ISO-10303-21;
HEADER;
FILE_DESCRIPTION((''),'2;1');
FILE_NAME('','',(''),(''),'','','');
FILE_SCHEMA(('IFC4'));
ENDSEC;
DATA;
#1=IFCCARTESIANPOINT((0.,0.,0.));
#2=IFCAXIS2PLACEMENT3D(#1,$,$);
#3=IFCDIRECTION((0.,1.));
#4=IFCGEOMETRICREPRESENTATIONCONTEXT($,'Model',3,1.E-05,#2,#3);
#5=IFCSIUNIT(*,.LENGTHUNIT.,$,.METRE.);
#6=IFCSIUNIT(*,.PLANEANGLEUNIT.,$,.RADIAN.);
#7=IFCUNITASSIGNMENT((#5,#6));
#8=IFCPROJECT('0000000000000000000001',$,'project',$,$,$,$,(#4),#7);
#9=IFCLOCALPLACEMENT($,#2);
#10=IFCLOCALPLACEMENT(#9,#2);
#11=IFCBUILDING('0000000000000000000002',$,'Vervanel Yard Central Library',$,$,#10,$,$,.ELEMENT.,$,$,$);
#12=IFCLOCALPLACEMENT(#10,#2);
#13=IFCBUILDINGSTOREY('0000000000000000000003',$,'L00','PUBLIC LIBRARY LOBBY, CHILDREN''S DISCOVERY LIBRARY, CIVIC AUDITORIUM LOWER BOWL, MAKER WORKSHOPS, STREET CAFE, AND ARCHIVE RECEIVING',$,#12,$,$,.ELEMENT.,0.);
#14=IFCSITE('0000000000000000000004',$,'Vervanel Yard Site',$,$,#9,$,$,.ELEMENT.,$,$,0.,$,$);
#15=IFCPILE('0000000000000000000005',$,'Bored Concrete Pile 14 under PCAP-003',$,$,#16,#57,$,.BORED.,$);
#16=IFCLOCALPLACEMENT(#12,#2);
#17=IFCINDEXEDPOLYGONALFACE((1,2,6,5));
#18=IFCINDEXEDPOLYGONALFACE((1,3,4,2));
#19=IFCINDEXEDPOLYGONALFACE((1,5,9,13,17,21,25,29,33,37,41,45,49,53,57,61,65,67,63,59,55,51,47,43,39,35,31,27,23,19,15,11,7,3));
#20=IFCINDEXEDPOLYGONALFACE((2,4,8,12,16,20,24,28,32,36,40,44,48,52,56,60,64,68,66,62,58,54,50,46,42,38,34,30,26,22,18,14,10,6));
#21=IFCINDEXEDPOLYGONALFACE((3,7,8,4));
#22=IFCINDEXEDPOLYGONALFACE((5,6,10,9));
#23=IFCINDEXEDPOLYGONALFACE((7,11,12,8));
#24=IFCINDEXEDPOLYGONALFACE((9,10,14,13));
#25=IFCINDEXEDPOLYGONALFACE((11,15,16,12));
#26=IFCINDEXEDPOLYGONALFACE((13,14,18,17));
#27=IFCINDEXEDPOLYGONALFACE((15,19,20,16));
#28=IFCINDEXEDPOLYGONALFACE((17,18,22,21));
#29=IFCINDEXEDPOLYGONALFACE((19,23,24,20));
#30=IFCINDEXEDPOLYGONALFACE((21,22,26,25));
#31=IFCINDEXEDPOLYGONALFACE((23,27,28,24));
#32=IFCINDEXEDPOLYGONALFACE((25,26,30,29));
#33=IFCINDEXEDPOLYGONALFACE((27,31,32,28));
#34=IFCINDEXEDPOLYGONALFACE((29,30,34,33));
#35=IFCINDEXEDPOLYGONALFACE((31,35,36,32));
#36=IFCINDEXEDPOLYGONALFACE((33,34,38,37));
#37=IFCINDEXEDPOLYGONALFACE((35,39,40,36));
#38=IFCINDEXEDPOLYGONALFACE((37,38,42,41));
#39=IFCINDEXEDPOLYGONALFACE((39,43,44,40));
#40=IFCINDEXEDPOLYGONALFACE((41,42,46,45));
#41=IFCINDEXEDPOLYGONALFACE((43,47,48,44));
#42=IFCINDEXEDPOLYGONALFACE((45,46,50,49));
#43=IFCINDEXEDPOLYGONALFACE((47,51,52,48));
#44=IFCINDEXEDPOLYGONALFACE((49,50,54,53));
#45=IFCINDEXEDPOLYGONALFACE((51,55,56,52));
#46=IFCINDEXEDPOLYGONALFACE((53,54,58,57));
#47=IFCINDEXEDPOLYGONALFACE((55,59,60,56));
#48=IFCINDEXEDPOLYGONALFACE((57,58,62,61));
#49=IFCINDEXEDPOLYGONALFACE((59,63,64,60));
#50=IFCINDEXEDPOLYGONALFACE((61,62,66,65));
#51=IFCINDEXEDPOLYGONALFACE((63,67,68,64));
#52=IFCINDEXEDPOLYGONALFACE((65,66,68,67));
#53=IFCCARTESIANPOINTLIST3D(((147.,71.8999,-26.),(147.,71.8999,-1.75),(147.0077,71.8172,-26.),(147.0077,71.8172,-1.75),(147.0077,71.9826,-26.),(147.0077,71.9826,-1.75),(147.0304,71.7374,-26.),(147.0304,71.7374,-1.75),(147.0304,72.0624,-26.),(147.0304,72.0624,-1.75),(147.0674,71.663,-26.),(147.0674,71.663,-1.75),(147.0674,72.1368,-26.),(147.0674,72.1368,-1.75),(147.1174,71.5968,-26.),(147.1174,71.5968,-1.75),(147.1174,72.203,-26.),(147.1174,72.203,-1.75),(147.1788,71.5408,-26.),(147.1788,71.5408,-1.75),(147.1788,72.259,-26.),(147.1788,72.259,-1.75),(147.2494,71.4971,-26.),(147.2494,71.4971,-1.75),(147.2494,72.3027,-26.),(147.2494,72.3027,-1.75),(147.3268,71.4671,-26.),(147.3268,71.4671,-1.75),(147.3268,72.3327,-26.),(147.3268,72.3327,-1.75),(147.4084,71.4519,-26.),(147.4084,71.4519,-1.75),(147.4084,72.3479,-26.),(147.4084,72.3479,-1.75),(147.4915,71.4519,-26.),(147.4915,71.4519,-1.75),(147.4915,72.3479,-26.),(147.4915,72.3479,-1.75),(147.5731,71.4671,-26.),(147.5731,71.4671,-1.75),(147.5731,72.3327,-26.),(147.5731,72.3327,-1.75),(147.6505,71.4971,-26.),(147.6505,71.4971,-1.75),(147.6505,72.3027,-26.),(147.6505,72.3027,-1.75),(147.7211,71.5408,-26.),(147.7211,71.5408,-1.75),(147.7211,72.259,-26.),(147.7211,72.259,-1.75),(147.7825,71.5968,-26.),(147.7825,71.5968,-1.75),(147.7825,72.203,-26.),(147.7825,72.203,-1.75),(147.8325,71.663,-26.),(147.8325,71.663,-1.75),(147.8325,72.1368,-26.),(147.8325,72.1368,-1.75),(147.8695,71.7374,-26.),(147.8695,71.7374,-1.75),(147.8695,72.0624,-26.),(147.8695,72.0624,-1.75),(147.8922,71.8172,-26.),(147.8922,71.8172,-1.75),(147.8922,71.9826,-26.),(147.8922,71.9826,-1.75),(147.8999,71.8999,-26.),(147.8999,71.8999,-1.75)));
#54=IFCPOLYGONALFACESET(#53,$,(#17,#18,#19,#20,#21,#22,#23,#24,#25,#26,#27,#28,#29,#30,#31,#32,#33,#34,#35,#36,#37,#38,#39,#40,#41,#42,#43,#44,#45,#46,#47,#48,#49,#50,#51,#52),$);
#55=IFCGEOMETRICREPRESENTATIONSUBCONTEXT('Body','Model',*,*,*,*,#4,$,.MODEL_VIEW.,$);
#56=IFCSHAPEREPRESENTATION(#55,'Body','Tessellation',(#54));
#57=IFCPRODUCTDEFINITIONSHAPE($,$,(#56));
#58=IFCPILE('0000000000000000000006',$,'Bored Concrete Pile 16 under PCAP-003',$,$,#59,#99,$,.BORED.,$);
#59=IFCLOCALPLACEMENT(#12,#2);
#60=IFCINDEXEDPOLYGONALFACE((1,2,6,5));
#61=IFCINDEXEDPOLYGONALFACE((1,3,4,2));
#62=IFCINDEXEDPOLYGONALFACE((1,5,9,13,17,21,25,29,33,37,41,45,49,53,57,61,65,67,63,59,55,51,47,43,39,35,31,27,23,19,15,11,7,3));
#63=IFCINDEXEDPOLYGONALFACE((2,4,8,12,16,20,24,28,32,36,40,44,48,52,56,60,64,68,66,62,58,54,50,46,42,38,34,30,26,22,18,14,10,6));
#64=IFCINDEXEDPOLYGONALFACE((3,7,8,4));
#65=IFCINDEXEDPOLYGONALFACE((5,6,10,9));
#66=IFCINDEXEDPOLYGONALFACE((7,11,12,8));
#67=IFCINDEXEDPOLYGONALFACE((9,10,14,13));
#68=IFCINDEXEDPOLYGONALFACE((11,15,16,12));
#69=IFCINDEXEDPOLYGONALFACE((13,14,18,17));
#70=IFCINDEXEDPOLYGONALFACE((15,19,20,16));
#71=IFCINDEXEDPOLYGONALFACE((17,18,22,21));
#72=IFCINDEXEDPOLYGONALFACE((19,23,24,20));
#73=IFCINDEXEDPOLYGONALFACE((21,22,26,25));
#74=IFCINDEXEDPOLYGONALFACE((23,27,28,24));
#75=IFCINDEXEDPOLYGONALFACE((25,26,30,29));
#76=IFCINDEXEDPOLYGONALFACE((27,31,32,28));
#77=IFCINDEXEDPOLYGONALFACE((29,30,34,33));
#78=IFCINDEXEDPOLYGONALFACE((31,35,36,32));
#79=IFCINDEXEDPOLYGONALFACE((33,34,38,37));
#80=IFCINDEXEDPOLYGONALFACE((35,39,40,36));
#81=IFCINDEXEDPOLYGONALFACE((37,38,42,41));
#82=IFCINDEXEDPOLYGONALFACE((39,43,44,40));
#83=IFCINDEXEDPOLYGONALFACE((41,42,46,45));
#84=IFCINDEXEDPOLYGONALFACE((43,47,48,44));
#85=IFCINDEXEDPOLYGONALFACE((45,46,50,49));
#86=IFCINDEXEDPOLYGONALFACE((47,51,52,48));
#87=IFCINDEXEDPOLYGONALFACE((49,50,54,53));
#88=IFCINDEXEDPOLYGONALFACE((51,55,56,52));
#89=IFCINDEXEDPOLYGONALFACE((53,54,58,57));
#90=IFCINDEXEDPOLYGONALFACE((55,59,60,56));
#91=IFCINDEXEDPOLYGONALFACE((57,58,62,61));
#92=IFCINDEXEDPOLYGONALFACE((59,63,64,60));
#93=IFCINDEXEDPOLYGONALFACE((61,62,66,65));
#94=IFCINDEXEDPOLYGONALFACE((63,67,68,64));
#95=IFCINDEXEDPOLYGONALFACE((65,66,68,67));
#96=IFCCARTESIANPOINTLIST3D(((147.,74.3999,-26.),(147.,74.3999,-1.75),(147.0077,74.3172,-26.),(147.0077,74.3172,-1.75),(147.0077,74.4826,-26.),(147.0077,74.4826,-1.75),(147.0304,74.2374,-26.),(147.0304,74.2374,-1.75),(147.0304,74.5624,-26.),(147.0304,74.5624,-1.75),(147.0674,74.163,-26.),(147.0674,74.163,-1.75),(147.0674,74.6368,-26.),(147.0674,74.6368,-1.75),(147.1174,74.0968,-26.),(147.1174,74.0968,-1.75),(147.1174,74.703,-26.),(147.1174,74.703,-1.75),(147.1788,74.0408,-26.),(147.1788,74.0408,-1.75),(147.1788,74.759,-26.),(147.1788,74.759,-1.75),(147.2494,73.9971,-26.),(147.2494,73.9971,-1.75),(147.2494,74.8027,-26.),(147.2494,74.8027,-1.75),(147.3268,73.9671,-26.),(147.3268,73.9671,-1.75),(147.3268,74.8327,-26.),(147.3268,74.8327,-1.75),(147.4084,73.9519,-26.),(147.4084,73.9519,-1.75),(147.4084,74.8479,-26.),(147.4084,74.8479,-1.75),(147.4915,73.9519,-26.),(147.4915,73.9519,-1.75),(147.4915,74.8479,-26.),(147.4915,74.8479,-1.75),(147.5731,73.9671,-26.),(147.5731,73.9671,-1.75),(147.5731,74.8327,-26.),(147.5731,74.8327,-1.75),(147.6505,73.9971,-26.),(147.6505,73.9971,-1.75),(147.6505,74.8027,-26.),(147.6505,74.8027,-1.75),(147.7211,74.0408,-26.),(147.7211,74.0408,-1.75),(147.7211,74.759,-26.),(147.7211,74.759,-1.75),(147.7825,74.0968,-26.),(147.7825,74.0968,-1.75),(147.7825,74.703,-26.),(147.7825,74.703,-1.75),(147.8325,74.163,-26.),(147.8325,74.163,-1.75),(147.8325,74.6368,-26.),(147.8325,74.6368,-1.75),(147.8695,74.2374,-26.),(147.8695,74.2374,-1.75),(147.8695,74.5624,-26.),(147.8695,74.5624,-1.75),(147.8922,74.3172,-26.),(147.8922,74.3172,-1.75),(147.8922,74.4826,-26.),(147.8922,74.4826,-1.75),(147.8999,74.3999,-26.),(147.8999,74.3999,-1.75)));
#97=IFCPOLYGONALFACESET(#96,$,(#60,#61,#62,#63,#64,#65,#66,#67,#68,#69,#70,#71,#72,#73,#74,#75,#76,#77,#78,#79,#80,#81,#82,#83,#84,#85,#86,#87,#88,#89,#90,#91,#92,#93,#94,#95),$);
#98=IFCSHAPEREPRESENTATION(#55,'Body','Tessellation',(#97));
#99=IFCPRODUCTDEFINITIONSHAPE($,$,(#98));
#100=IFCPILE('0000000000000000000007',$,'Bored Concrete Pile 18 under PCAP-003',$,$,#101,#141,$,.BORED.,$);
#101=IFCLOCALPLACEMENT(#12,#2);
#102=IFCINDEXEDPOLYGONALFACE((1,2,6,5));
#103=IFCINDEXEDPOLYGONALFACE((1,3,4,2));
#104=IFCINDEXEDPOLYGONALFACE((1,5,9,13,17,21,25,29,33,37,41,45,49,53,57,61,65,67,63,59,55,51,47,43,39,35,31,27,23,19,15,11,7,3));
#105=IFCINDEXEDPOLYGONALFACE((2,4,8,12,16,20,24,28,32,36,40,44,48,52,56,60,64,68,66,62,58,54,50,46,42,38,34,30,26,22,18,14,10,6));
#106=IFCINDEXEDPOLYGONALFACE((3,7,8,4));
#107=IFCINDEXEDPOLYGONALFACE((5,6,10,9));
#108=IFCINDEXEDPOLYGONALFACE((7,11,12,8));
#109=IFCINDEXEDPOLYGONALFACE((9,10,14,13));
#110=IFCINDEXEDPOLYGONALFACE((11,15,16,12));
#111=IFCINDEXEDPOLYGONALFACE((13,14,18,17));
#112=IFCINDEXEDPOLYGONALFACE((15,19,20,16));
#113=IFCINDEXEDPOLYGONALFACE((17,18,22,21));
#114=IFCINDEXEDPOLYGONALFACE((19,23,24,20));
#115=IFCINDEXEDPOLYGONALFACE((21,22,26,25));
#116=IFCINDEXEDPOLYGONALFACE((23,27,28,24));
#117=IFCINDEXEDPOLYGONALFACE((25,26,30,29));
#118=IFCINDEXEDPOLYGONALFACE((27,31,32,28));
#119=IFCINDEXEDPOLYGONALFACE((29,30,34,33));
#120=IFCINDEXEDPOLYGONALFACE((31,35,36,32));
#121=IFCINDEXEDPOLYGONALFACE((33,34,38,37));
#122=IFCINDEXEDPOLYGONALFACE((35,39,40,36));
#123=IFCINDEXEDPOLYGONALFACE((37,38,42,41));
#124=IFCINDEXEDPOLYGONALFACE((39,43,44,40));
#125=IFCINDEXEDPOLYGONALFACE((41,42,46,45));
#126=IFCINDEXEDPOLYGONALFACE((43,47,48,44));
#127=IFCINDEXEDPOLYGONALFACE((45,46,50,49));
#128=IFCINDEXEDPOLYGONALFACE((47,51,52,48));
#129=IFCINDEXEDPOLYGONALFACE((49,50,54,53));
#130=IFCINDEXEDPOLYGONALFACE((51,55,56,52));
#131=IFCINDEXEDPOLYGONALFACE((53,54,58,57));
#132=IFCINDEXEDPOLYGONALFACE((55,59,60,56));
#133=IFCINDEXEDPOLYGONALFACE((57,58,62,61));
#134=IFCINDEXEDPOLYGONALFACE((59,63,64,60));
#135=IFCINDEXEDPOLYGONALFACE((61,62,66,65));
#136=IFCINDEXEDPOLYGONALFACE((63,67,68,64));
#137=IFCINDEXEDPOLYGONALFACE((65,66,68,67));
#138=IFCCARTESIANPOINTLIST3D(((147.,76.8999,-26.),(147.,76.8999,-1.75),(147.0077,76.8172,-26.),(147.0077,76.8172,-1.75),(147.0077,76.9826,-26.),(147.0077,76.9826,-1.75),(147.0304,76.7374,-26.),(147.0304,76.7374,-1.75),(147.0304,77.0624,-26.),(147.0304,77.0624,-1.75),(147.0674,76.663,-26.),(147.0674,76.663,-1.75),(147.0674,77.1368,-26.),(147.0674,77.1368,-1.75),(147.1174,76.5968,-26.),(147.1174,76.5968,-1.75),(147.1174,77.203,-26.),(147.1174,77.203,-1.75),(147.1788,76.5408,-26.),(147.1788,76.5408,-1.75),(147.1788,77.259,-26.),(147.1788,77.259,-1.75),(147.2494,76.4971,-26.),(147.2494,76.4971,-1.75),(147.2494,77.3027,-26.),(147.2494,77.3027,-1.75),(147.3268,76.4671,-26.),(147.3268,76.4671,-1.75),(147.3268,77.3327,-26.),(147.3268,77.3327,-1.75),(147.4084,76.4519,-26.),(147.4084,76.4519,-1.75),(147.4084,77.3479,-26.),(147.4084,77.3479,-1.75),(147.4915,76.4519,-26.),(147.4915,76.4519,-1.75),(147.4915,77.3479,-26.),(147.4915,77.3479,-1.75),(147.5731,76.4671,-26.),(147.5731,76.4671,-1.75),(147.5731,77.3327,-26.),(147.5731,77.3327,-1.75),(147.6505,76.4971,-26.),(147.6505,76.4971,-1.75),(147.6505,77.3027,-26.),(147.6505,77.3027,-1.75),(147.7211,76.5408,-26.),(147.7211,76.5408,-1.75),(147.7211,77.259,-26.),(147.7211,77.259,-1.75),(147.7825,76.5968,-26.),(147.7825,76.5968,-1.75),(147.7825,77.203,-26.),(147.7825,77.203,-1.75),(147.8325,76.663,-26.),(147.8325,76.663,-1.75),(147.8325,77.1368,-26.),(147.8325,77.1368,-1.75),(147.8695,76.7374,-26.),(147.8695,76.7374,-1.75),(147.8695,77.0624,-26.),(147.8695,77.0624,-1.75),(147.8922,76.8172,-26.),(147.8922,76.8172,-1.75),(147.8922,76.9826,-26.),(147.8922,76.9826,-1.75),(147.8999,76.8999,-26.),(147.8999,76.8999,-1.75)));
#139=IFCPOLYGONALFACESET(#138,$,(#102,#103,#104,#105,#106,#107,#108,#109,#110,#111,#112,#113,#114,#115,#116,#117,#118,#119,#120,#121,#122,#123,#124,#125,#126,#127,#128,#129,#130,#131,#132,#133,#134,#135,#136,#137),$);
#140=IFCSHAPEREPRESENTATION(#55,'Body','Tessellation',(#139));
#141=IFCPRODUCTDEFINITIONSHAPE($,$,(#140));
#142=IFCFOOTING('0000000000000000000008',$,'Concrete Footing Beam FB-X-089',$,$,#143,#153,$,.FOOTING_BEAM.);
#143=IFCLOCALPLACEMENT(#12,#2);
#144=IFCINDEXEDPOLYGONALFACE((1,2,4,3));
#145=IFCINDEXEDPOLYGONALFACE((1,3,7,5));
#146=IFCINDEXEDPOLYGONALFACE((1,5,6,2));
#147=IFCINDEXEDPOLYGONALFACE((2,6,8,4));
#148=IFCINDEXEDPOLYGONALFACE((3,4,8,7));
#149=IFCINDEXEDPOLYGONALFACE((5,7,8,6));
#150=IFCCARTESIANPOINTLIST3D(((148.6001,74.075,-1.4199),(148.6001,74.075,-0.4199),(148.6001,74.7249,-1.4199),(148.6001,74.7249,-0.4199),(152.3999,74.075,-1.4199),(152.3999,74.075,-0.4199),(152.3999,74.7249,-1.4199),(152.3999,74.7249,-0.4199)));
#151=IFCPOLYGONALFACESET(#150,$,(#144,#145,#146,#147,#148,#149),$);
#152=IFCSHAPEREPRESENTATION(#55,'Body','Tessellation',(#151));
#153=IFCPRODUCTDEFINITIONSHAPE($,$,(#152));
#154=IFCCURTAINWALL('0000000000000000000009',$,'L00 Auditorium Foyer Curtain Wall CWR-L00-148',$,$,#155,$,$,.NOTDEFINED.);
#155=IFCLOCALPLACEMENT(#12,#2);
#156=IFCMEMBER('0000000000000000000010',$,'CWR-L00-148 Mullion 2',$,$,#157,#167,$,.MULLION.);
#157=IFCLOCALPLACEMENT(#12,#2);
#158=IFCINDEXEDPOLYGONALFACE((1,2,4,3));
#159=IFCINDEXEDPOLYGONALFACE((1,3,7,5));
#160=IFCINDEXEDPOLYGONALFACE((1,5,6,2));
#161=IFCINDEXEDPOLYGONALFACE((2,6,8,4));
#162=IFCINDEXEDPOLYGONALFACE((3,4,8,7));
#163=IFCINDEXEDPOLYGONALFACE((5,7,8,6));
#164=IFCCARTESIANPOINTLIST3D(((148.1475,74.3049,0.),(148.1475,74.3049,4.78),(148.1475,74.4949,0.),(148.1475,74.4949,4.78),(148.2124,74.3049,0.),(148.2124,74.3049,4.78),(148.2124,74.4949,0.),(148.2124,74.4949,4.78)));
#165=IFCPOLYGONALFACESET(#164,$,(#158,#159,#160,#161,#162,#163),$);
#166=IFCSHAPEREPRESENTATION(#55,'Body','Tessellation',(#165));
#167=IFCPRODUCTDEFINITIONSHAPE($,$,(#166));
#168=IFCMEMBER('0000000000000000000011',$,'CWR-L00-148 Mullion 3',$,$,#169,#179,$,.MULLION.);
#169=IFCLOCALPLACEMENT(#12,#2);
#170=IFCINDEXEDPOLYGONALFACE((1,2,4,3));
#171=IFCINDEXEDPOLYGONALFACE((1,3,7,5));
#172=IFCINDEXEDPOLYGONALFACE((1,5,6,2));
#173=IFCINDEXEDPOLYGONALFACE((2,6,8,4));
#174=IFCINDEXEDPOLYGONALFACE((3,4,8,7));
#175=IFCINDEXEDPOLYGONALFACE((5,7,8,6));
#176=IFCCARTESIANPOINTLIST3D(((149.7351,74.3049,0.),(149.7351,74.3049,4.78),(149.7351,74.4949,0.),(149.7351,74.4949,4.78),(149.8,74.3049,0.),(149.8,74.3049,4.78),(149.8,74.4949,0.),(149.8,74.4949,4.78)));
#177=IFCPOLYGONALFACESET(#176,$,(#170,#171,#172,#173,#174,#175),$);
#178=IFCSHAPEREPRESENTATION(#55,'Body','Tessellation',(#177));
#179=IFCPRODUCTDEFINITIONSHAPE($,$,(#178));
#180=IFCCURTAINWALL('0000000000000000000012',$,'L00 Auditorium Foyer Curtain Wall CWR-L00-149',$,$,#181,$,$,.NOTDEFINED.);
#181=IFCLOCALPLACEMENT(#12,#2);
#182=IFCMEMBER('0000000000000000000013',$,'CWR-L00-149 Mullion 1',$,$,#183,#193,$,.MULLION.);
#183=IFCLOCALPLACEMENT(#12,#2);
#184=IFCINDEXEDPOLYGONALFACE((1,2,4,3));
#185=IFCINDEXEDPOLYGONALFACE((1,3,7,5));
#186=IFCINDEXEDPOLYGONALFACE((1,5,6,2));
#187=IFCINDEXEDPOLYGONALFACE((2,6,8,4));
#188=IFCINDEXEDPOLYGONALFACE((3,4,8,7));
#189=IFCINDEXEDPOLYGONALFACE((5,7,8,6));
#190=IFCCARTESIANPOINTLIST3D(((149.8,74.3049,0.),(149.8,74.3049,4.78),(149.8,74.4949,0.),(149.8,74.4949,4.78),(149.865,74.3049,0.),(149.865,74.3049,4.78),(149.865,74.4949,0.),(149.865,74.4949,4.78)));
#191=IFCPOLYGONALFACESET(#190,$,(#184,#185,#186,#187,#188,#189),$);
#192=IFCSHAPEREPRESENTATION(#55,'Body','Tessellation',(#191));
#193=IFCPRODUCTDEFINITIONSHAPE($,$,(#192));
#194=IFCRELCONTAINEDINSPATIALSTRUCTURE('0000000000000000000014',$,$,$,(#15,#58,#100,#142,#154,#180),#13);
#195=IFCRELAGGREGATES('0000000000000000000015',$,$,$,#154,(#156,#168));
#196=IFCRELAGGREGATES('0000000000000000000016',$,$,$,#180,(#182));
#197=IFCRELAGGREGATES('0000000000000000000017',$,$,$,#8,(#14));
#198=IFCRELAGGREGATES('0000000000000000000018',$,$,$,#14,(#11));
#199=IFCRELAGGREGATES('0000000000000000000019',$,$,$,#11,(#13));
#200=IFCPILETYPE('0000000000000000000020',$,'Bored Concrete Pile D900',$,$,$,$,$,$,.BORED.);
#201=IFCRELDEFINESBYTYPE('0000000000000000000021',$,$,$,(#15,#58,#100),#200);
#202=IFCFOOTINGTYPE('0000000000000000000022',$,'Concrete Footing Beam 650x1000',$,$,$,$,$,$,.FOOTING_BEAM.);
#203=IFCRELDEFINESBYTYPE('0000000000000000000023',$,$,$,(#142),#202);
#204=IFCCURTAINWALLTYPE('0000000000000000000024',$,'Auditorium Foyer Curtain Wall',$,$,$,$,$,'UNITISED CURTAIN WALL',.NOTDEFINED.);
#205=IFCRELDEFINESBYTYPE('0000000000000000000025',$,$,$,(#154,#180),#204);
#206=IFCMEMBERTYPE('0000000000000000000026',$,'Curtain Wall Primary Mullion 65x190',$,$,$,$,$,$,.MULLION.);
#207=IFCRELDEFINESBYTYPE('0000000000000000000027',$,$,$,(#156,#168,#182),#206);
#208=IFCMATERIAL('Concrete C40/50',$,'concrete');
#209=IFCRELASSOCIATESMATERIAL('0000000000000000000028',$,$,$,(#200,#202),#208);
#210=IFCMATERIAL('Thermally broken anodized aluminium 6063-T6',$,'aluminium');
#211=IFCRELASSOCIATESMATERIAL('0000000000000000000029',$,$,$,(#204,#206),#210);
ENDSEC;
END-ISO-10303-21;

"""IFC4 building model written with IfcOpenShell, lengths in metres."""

from ifc_helpers import new_model, si_unit, direction, frame, origin, origin_2d, place, context, subcontext, project, spatial, rectangle, circle, extrude, material, material_profile, profile_set, type_object, element, aggregate, save


model = new_model("IFC4")

# Units and contexts
model_context = context("Model", 3, precision=1e-05, world=origin(), true_north=direction((0.0, 1.0)))
body_context = subcontext(model_context, "Body", "Model", "MODEL_VIEW")
ifc_project = project(units=[si_unit("LENGTHUNIT", "METRE"), si_unit("PLANEANGLEUNIT", "RADIAN")], contexts=[model_context])

# Site, building, storey
site_placement = place(None, origin())
site = spatial("IfcSite", under=ifc_project, at=site_placement, Name="Vervanel Yard Site", CompositionType="ELEMENT", RefElevation=0.0)
building_placement = place(site_placement, origin())
building = spatial("IfcBuilding", under=site, at=building_placement, Name="Vervanel Yard Central Library", CompositionType="ELEMENT")
storey_placement = place(building_placement, origin())
storey = spatial("IfcBuildingStorey", under=building, at=storey_placement, Name="L00", Description="PUBLIC LIBRARY LOBBY, CHILDREN'S DISCOVERY LIBRARY, CIVIC AUDITORIUM LOWER BOWL, MAKER WORKSHOPS, STREET CAFE, AND ARCHIVE RECEIVING", CompositionType="ELEMENT", Elevation=0.0)

# Piles
ifc_material_1 = material(Name="Concrete C40/50", Category="concrete")
ifc_material_profile_1 = material_profile(ifc_material_1, circle(Radius=0.45, at=origin_2d()), Name="BP D900", Category="concrete")
ifc_profile_set_1 = profile_set([ifc_material_profile_1], Name="Concrete C40/50")
pile_type = type_object("IfcPileType", Name="Bored Concrete Pile D900", PredefinedType="BORED", material=ifc_profile_set_1)
for number, where, z_axis, x_axis, name in (
    (1, (147.45, 71.8999, -1.75), (0.0, 0.0, -1.0), (1.0, 0.0, 0.0), "Bored Concrete Pile 14 under PCAP-003"),
    (2, (147.45, 74.3999, -1.75), (0.0, 0.0, -1.0), (1.0, 0.0, 0.0), "Bored Concrete Pile 16 under PCAP-003"),
    (3, (147.45, 76.8999, -1.75), (0.0, 0.0, -1.0), (1.0, 0.0, 0.0), "Bored Concrete Pile 18 under PCAP-003"),
):
    element("IfcPile", number, at=place(storey_placement, frame(where, z_axis=z_axis, x_axis=x_axis)), inside=storey, type_object=pile_type, Name=name, PredefinedType="BORED", context=body_context, shape_type="SweptSolid", body=[
        extrude(circle(Radius=0.45, at=origin_2d()), origin(), (0.0, 0.0, 1.0), 24.25),
    ])

# Footing
ifc_material_profile_2 = material_profile(ifc_material_1, rectangle(XDim=0.6499, YDim=1.0, at=origin_2d()), Name="RC 650x1000", Category="concrete")
ifc_profile_set_2 = profile_set([ifc_material_profile_2], Name="Concrete C40/50")
footing_type = type_object("IfcFootingType", Name="Concrete Footing Beam 650x1000", PredefinedType="FOOTING_BEAM", material=ifc_profile_set_2)
footing_placement = place(storey_placement, frame((148.6001, 74.3999, -0.9199), z_axis=(1.0, 0.0, 0.0), x_axis=(0.0, 1.0, 0.0)))
element("IfcFooting", 4, at=footing_placement, inside=storey, type_object=footing_type, Name="Concrete Footing Beam FB-X-089", PredefinedType="FOOTING_BEAM", context=body_context, shape_type="SweptSolid", body=[
    extrude(rectangle(XDim=0.6499, YDim=1.0, at=origin_2d()), origin(), (0.0, 0.0, 1.0), 3.7998),
])

# Curtain wall, members
ifc_material_2 = material(Name="Thermally broken anodized aluminium 6063-T6", Category="aluminium")
curtain_wall_type = type_object("IfcCurtainWallType", Name="Auditorium Foyer Curtain Wall", ElementType="UNITISED CURTAIN WALL", PredefinedType="NOTDEFINED", material=ifc_material_2)
curtain_wall_1_placement = place(storey_placement, origin())
curtain_wall_1 = element("IfcCurtainWall", 5, at=curtain_wall_1_placement, inside=storey, type_object=curtain_wall_type, Name="L00 Auditorium Foyer Curtain Wall CWR-L00-148", PredefinedType="NOTDEFINED")
ifc_material_profile_3 = material_profile(ifc_material_2, rectangle(XDim=0.0649, YDim=0.1899, at=origin_2d()), Name="ALU 65x190", Category="aluminium")
ifc_profile_set_3 = profile_set([ifc_material_profile_3], Name="Thermally broken anodized aluminium 6063-T6")
member_type_1 = type_object("IfcMemberType", Name="Curtain Wall Primary Mullion 65x190", PredefinedType="MULLION", material=ifc_profile_set_3)
member_1_placement = place(storey_placement, frame((148.1799, 74.3999, 0.0), z_axis=(0.0, 0.0, 1.0), x_axis=(1.0, 0.0, 0.0)))
member_1 = element("IfcMember", 6, at=member_1_placement, type_object=member_type_1, Name="CWR-L00-148 Mullion 2", PredefinedType="MULLION", context=body_context, shape_type="SweptSolid", body=[
    extrude(rectangle(XDim=0.0649, YDim=0.1899, at=origin_2d()), origin(), (0.0, 0.0, 1.0), 4.78),
])
member_2_placement = place(storey_placement, frame((149.7676, 74.3999, 0.0), z_axis=(0.0, 0.0, 1.0), x_axis=(1.0, 0.0, 0.0)))
member_2 = element("IfcMember", 7, at=member_2_placement, type_object=member_type_1, Name="CWR-L00-148 Mullion 3", PredefinedType="MULLION", context=body_context, shape_type="SweptSolid", body=[
    extrude(rectangle(XDim=0.0649, YDim=0.1899, at=origin_2d()), origin(), (0.0, 0.0, 1.0), 4.78),
])

# Curtain wall, member
curtain_wall_2_placement = place(storey_placement, origin())
curtain_wall_2 = element("IfcCurtainWall", 8, at=curtain_wall_2_placement, inside=storey, type_object=curtain_wall_type, Name="L00 Auditorium Foyer Curtain Wall CWR-L00-149", PredefinedType="NOTDEFINED")
member_3_placement = place(storey_placement, frame((149.8325, 74.3999, 0.0), z_axis=(0.0, 0.0, 1.0), x_axis=(1.0, 0.0, 0.0)))
member_3 = element("IfcMember", 9, at=member_3_placement, type_object=member_type_1, Name="CWR-L00-149 Mullion 1", PredefinedType="MULLION", context=body_context, shape_type="SweptSolid", body=[
    extrude(rectangle(XDim=0.0649, YDim=0.1899, at=origin_2d()), origin(), (0.0, 0.0, 1.0), 4.78),
])

aggregate(curtain_wall_1, [member_1, member_2])
aggregate(curtain_wall_2, [member_3])

save(model, "model.ifc")
